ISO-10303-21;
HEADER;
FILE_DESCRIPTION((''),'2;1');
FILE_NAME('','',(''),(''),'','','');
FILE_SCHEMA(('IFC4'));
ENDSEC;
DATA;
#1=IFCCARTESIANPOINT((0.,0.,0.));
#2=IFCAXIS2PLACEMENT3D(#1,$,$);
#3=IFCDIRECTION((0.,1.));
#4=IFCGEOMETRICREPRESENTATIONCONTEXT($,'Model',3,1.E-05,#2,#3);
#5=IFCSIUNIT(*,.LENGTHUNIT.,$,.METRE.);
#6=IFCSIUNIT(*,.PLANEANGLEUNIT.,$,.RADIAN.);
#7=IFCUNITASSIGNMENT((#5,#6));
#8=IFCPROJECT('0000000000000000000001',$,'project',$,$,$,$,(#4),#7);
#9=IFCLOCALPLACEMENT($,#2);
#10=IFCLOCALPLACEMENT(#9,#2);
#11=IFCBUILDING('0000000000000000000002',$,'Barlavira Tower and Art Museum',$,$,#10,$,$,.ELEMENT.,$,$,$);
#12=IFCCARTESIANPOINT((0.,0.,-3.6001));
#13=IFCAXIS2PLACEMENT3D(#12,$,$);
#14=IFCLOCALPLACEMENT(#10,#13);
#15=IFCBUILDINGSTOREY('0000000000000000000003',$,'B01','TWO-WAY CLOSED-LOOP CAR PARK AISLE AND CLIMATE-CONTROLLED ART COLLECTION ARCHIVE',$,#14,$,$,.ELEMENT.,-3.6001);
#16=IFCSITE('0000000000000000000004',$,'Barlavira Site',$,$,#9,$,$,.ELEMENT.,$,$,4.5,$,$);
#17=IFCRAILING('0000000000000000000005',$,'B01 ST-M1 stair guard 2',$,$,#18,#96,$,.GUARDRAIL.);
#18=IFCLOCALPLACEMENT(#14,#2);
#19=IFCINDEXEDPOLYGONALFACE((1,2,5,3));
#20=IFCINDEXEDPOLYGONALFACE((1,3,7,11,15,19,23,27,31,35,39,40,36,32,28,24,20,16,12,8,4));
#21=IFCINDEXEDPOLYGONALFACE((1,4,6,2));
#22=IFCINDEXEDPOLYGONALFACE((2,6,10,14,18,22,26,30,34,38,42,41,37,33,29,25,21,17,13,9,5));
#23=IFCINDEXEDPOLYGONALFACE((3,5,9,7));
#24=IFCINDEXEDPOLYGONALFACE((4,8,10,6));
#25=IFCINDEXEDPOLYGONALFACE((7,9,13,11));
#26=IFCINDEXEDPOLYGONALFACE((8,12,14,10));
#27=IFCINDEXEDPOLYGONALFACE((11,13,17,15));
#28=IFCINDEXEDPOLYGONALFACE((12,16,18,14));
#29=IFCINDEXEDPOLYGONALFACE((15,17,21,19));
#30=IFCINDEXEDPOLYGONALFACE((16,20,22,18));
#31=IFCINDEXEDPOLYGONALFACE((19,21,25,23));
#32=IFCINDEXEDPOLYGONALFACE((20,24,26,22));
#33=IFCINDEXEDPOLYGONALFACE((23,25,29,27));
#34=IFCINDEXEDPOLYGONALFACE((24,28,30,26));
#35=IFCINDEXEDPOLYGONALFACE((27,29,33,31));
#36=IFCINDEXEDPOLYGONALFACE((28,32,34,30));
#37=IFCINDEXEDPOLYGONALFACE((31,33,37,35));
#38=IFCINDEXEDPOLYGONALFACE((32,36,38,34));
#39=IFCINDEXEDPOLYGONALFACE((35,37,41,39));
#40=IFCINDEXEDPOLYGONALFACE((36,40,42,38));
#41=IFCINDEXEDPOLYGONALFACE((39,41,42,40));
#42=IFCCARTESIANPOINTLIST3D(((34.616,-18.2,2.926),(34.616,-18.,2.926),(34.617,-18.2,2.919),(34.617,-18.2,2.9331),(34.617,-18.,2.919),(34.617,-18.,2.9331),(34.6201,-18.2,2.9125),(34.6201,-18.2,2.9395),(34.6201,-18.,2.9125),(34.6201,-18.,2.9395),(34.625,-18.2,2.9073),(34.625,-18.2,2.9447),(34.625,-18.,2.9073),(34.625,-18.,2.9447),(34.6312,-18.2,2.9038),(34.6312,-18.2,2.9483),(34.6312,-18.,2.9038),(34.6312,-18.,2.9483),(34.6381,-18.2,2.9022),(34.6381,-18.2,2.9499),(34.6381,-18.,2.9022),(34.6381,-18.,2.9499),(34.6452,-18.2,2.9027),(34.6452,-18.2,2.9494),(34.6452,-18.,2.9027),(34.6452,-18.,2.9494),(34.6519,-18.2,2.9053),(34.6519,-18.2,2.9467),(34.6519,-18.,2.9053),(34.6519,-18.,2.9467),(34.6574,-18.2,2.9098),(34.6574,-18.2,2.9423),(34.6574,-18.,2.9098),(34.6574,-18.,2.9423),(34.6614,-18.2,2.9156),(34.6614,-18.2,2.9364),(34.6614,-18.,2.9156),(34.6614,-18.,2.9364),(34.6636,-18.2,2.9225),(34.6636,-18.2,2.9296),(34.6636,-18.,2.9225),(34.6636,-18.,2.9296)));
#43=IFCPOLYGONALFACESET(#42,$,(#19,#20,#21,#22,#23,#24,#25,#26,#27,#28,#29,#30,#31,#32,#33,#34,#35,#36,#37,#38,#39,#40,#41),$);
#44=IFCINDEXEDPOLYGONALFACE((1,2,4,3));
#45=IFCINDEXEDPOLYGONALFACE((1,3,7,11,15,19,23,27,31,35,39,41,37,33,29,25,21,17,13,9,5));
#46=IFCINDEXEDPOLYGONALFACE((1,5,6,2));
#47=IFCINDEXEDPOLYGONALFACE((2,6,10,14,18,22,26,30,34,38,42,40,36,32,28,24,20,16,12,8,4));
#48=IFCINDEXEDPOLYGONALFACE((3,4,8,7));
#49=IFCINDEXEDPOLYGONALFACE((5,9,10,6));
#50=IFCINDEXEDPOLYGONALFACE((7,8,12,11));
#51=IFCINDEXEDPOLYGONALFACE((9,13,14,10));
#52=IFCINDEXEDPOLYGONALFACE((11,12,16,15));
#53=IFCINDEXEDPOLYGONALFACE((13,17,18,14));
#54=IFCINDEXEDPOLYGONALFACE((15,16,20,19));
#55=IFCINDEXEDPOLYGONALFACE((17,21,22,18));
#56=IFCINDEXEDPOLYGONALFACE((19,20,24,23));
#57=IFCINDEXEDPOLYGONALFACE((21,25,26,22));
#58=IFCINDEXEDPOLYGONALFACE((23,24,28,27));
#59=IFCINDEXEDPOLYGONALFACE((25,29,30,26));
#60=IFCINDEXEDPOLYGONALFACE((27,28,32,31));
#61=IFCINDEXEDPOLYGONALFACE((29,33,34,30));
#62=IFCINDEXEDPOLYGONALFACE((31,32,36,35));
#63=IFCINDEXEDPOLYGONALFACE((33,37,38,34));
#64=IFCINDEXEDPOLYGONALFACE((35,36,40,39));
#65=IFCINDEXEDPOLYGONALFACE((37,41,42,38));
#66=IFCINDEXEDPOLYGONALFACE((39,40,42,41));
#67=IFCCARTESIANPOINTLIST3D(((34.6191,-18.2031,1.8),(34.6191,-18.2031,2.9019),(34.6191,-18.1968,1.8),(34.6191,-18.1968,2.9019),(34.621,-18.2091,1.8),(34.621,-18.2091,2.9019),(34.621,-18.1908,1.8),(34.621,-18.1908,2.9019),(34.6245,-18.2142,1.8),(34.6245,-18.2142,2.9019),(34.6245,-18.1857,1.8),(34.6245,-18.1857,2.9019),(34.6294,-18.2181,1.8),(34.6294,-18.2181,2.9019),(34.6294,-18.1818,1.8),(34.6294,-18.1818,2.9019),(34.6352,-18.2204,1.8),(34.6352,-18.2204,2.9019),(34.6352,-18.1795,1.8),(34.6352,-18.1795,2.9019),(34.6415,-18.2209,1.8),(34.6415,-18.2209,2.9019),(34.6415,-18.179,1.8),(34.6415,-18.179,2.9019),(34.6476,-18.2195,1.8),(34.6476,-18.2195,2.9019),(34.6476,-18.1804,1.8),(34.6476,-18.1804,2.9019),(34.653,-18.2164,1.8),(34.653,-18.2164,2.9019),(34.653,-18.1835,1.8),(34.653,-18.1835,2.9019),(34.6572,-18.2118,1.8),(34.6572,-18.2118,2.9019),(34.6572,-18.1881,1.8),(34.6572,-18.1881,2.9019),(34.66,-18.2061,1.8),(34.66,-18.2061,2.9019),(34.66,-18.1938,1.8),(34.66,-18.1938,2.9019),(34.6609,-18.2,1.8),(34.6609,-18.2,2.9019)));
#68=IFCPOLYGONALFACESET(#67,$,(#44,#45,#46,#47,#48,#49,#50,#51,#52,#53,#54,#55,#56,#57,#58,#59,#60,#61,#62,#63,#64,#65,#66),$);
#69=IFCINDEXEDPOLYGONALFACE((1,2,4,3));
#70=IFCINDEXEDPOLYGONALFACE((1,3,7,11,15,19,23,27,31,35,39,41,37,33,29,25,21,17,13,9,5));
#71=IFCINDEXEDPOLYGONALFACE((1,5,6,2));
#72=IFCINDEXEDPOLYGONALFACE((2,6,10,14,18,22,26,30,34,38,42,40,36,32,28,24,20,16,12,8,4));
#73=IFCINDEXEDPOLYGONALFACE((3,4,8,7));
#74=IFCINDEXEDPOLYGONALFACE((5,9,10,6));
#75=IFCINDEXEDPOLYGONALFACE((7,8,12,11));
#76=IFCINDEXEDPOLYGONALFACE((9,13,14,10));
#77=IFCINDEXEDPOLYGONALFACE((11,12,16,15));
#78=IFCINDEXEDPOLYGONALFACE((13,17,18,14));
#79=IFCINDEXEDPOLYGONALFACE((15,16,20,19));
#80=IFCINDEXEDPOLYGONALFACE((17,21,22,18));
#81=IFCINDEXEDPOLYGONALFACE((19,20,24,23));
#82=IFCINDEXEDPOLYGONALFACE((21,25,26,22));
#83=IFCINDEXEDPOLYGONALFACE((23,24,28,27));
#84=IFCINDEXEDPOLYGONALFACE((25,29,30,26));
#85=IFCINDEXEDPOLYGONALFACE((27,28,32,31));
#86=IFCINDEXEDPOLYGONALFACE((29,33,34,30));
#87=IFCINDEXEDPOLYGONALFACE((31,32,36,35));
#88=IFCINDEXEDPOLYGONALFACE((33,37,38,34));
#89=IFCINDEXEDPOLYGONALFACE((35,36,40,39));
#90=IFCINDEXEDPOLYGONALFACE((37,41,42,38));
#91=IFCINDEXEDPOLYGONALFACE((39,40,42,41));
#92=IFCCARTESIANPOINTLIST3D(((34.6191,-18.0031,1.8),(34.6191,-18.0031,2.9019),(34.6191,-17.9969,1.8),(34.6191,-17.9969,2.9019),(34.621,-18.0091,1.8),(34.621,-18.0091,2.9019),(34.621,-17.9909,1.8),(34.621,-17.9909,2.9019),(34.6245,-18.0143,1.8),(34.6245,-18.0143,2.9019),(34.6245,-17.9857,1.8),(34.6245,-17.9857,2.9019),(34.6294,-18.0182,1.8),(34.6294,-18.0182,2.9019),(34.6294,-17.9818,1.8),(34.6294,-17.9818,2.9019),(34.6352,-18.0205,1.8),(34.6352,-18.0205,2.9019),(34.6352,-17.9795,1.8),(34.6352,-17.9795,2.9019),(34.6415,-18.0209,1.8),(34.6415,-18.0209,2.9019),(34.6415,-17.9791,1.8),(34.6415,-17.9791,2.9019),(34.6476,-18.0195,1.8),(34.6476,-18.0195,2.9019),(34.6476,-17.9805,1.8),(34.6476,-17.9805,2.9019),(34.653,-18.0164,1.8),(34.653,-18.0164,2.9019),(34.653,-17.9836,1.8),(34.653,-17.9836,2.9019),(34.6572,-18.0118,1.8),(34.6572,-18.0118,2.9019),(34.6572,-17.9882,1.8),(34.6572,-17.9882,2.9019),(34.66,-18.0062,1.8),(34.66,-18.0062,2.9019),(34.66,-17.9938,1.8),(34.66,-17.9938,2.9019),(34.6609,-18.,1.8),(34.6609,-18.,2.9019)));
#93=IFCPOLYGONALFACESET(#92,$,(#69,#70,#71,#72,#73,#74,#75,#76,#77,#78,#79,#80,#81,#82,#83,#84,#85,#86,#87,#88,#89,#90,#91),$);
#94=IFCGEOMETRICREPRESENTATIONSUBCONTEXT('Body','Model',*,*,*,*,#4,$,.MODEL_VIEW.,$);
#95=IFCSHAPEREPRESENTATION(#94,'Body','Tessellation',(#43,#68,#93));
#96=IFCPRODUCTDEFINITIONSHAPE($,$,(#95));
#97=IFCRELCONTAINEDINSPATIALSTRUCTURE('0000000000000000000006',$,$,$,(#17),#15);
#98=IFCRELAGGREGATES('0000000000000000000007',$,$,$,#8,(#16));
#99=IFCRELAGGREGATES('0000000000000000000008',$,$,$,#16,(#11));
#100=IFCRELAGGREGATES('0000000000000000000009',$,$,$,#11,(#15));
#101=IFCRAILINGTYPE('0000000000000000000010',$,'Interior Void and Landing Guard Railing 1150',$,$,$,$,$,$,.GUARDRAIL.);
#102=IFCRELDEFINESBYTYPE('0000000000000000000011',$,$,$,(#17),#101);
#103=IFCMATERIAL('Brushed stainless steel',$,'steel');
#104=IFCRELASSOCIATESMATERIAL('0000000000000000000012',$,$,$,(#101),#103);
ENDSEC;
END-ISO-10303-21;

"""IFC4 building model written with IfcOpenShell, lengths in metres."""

from ifc_helpers import new_model, si_unit, direction, frame, origin, origin_2d, place, context, subcontext, project, spatial, circle, extrude, material, type_object, element, save


model = new_model("IFC4")

# Units and contexts
model_context = context("Model", 3, precision=1e-05, world=origin(), true_north=direction((0.0, 1.0)))
body_context = subcontext(model_context, "Body", "Model", "MODEL_VIEW")
ifc_project = project(units=[si_unit("LENGTHUNIT", "METRE"), si_unit("PLANEANGLEUNIT", "RADIAN")], contexts=[model_context])

# Site, building, storey
site_placement = place(None, origin())
site = spatial("IfcSite", under=ifc_project, at=site_placement, Name="Barlavira Site", CompositionType="ELEMENT", RefElevation=4.5)
building_placement = place(site_placement, origin())
building = spatial("IfcBuilding", under=site, at=building_placement, Name="Barlavira Tower and Art Museum", CompositionType="ELEMENT")
storey_placement = place(building_placement, frame((0.0, 0.0, -3.6001)))
storey = spatial("IfcBuildingStorey", under=building, at=storey_placement, Name="B01", Description="TWO-WAY CLOSED-LOOP CAR PARK AISLE AND CLIMATE-CONTROLLED ART COLLECTION ARCHIVE", CompositionType="ELEMENT", Elevation=-3.6001)

# Shared definitions
ifc_material_1 = material(Name="Brushed stainless steel", Category="steel")

# Railing
railing_type_1 = type_object("IfcRailingType", Name="Interior Void and Landing Guard Railing 1150", PredefinedType="GUARDRAIL", material=ifc_material_1)
railing_1_placement = place(storey_placement, frame((34.6399, -18.2, 1.8)))
element("IfcRailing", 1, at=railing_1_placement, inside=storey, type_object=railing_type_1, Name="B01 ST-M1 stair guard 2", PredefinedType="GUARDRAIL", context=body_context, shape_type="SweptSolid", body=[
    extrude(circle(Radius=0.0239, at=origin_2d()), frame((0.0, 0.0, 1.126), z_axis=(0.0, 1.0, 0.0), x_axis=(-1.0, 0.0, 0.0)), (0.0, 0.0, 1.0), 0.2),
    extrude(circle(Radius=0.021, at=origin_2d()), origin(), (0.0, 0.0, 1.0), 1.1018),
    extrude(circle(Radius=0.021, at=origin_2d()), frame((0.0, 0.2, 0.0)), (0.0, 0.0, 1.0), 1.1018),
])

save(model, "model.ifc")
